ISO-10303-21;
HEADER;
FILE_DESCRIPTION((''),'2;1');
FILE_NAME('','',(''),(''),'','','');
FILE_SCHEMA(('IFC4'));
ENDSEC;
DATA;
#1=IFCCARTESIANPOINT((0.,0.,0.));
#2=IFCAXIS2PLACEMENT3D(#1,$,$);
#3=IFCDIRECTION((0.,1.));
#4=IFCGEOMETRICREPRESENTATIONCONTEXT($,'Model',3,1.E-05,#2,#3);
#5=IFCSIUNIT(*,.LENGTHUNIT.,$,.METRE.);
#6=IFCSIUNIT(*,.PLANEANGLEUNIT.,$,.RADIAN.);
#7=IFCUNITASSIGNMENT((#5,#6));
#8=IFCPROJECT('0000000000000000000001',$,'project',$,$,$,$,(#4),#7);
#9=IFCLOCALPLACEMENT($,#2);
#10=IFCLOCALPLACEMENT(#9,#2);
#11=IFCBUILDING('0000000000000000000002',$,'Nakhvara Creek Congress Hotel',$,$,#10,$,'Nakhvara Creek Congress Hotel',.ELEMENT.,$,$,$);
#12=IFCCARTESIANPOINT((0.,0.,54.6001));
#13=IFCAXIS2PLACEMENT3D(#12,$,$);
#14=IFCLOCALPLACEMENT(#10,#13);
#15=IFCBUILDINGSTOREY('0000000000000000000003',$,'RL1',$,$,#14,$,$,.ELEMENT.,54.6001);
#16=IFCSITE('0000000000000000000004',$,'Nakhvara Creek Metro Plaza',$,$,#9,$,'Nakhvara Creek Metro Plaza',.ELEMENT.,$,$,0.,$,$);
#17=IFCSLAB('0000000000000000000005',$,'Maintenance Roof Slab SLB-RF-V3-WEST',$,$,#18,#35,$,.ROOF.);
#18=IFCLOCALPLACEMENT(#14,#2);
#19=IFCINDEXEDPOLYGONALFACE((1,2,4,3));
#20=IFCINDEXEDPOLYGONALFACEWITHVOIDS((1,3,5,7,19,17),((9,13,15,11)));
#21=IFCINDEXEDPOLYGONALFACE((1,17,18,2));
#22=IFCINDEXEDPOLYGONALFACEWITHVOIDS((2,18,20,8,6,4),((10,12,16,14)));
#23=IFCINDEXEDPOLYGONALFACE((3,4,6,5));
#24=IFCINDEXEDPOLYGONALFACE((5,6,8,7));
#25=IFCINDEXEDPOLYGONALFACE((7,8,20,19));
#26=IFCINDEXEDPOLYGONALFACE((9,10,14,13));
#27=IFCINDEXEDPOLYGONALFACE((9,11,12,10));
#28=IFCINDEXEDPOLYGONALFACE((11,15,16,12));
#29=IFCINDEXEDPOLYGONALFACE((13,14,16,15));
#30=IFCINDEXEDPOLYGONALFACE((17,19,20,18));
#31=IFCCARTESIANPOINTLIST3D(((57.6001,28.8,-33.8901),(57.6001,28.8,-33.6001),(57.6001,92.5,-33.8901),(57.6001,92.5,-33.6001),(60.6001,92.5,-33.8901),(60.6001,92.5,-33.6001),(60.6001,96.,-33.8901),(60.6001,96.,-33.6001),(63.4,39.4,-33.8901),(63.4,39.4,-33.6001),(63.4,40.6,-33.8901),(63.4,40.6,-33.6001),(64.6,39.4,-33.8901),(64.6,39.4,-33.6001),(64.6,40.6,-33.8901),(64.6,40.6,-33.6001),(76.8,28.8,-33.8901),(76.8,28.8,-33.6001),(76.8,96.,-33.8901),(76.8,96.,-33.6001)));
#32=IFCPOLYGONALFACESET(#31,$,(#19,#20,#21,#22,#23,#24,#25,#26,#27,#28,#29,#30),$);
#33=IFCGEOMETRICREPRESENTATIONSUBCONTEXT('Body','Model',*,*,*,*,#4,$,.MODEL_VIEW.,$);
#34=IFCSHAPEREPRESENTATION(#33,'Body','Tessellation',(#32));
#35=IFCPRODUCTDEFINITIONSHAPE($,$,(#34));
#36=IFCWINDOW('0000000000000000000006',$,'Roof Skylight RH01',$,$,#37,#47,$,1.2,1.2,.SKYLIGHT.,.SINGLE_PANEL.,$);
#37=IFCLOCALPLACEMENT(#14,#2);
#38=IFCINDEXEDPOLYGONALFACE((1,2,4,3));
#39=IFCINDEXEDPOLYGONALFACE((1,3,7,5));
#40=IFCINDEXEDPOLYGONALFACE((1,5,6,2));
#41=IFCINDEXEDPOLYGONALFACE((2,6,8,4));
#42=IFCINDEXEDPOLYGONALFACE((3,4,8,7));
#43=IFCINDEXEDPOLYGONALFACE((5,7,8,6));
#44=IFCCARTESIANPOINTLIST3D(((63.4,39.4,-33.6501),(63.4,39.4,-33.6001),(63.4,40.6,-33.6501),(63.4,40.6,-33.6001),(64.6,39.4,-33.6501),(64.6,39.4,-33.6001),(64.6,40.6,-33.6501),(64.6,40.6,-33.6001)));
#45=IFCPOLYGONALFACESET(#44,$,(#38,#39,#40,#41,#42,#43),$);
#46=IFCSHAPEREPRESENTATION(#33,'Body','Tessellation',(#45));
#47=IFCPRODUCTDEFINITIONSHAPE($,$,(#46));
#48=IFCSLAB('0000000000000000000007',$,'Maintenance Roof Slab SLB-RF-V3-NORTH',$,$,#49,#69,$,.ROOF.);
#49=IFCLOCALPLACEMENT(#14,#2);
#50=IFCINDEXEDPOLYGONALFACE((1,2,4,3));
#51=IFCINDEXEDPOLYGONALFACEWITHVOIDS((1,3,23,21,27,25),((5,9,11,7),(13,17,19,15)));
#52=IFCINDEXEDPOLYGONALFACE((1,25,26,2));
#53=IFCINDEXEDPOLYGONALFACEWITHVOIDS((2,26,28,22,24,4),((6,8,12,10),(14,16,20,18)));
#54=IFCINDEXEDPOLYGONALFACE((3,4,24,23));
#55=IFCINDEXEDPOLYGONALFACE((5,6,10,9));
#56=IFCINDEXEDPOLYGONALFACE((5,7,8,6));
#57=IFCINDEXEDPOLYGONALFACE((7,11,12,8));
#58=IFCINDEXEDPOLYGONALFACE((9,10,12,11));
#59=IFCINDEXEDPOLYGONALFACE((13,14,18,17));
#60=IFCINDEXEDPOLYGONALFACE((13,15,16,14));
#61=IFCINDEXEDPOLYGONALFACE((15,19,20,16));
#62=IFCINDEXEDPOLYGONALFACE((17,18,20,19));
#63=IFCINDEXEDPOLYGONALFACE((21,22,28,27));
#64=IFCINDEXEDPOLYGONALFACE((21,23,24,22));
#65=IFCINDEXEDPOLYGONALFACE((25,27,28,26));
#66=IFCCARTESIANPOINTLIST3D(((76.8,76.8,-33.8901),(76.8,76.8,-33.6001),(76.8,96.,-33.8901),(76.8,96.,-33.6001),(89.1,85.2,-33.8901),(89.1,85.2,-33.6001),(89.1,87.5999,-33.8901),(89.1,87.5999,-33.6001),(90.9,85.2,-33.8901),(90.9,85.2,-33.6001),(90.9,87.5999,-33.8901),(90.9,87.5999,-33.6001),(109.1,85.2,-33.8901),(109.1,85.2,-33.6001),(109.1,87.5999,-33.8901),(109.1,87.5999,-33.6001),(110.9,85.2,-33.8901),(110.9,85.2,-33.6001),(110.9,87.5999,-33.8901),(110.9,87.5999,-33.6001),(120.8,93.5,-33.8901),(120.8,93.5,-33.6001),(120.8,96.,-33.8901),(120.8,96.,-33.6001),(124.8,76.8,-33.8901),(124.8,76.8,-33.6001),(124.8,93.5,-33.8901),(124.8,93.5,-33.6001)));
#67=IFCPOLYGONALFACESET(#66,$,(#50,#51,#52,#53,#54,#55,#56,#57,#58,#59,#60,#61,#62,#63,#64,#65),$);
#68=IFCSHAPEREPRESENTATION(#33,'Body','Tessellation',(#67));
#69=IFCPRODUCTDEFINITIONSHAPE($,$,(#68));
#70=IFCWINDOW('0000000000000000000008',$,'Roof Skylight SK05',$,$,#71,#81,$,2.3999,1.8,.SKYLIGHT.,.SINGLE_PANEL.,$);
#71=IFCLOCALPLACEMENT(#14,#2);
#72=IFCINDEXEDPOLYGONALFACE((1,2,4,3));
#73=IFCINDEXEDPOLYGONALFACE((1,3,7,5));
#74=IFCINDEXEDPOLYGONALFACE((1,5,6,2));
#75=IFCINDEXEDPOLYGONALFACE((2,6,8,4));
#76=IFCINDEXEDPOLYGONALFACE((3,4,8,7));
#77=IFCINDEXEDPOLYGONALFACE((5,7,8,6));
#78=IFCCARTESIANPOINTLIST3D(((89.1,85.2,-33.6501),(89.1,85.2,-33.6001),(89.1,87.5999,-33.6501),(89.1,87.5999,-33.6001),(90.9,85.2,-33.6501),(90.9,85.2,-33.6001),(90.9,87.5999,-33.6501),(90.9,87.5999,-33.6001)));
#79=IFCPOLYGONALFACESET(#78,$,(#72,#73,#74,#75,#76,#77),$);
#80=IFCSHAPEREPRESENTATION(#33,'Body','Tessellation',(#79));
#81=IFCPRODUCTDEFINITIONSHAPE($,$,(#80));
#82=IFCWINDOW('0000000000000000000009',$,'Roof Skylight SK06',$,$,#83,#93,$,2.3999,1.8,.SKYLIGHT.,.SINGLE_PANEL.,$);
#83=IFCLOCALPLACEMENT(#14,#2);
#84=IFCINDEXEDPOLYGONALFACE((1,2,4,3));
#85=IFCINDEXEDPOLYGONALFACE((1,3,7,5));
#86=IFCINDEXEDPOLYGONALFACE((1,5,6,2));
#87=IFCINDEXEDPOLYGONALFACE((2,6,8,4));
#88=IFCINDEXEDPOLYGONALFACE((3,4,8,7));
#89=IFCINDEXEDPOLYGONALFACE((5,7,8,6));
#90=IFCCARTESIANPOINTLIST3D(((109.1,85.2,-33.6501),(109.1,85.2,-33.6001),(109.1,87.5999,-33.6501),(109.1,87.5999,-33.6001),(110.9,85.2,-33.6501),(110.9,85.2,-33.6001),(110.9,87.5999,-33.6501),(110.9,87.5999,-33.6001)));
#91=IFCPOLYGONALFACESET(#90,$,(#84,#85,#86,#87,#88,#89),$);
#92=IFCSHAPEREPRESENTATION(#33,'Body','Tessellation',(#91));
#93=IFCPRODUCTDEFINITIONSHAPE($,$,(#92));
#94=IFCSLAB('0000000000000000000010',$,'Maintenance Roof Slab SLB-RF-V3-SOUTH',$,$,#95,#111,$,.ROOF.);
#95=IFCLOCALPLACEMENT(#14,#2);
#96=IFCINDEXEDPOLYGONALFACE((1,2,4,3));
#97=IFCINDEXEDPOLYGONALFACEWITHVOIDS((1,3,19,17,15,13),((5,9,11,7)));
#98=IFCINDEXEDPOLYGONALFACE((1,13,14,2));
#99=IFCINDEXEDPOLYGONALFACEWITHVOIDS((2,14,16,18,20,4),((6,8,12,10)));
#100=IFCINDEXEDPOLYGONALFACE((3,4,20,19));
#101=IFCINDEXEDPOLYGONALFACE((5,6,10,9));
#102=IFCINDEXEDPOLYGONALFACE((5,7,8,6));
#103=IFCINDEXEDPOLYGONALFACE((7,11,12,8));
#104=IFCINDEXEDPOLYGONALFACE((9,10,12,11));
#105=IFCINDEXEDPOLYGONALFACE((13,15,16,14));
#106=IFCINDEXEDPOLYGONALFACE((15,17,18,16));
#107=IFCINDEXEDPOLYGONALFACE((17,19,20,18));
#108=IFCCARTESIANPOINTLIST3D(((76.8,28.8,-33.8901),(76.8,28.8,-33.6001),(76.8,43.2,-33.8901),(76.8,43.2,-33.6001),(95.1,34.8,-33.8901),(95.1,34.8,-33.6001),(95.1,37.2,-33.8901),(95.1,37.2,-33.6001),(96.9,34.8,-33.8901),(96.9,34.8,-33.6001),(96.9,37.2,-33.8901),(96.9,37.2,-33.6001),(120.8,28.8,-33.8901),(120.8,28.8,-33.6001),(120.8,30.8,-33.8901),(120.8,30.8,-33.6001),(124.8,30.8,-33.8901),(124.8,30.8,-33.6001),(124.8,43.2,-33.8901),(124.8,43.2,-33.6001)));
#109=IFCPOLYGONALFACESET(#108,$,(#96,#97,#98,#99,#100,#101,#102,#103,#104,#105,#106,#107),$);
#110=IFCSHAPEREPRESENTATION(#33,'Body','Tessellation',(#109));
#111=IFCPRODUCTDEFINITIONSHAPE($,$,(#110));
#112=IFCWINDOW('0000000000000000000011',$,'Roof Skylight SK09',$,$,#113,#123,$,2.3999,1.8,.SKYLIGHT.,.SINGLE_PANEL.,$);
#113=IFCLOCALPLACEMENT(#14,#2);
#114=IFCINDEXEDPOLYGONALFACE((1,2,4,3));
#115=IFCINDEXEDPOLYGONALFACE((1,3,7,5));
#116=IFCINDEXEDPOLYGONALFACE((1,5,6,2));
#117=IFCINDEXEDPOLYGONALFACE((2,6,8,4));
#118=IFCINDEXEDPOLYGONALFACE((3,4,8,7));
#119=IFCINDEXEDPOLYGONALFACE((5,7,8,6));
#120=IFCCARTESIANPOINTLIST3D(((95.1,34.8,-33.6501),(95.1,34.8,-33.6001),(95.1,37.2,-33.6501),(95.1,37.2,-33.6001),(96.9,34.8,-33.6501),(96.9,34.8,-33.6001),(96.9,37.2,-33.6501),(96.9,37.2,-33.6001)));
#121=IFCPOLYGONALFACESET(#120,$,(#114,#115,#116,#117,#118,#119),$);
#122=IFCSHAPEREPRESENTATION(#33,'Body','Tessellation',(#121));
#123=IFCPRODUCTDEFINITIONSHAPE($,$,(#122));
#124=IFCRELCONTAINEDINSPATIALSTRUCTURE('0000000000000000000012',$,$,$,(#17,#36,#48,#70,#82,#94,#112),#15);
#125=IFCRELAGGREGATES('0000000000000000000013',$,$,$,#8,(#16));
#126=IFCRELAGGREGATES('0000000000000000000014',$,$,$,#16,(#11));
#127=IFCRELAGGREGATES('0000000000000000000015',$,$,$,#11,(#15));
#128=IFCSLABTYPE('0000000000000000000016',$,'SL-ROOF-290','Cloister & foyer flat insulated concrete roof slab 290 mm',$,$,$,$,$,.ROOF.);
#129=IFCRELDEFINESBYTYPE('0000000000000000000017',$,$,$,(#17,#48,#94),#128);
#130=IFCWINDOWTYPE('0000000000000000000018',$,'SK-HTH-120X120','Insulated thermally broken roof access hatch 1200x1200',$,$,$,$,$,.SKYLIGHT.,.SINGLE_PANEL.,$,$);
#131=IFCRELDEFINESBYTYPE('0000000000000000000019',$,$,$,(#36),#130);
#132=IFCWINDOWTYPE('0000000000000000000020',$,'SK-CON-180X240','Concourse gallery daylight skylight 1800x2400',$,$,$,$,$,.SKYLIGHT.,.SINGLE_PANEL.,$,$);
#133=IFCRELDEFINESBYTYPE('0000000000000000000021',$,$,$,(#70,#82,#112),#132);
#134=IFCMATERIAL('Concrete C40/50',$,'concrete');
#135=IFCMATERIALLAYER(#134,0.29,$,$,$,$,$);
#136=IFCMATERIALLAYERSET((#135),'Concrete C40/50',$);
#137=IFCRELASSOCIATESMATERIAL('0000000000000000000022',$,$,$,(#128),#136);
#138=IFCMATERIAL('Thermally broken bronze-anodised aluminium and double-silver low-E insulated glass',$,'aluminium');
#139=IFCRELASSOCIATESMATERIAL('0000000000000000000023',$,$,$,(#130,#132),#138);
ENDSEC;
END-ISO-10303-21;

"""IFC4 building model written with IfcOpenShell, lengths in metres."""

from ifc_helpers import new_model, si_unit, direction, frame, origin, origin_2d, place, context, subcontext, project, spatial, polyline, rectangle, outline, extrude, material, layer, layer_set, type_object, element, fill, save


model = new_model("IFC4")

# Units and contexts
model_context = context("Model", 3, precision=1e-05, world=origin(), true_north=direction((0.0, 1.0)))
body_context = subcontext(model_context, "Body", "Model", "MODEL_VIEW")
ifc_project = project(units=[si_unit("LENGTHUNIT", "METRE"), si_unit("PLANEANGLEUNIT", "RADIAN")], contexts=[model_context])

# Site, building, storey
site_placement = place(None, origin())
site = spatial("IfcSite", under=ifc_project, at=site_placement, Name="Nakhvara Creek Metro Plaza", LongName="Nakhvara Creek Metro Plaza", CompositionType="ELEMENT", RefElevation=0.0)
building_placement = place(site_placement, origin())
building = spatial("IfcBuilding", under=site, at=building_placement, Name="Nakhvara Creek Congress Hotel", LongName="Nakhvara Creek Congress Hotel", CompositionType="ELEMENT")
storey_placement = place(building_placement, frame((0.0, 0.0, 54.6001)))
storey = spatial("IfcBuildingStorey", under=building, at=storey_placement, Name="RL1", CompositionType="ELEMENT", Elevation=54.6001)

# Slab, opening, window
ifc_material_1 = material(Name="Concrete C40/50", Category="concrete")
ifc_layer_1 = layer(ifc_material_1, 0.29)
ifc_layer_set_1 = layer_set([ifc_layer_1], Name="Concrete C40/50")
slab_type = type_object("IfcSlabType", Name="SL-ROOF-290", Description="Cloister & foyer flat insulated concrete roof slab 290 mm", PredefinedType="ROOF", material=ifc_layer_set_1)
slab_1_placement = place(storey_placement, frame((0.0, 0.0, -33.8901)))
slab_1 = element("IfcSlab", 1, at=slab_1_placement, inside=storey, type_object=slab_type, Name="Maintenance Roof Slab SLB-RF-V3-WEST", PredefinedType="ROOF", context=body_context, shape_type="SweptSolid", body=[
    extrude(outline(polyline([(57.6001, 28.8), (76.8, 28.8), (76.8, 96.0), (60.6001, 96.0), (60.6001, 92.5), (57.6001, 92.5), (57.6001, 28.8)])), origin(), (0.0, 0.0, 1.0), 0.29),
])
opening_1_placement = place(slab_1_placement, frame((64.0, 40.0, 0.0), z_axis=(0.0, 0.0, 1.0), x_axis=(1.0, 0.0, 0.0)))
opening_1 = element("IfcOpeningElement", 2, at=opening_1_placement, cuts=slab_1, PredefinedType="OPENING", context=body_context, shape_type="SweptSolid", body=[
    extrude(rectangle(XDim=1.2, YDim=1.2, at=origin_2d()), frame((0.0, 0.0, -0.012)), (0.0, 0.0, 1.0), 0.314),
])
ifc_material_2 = material(Name="Thermally broken bronze-anodised aluminium and double-silver low-E insulated glass", Category="aluminium")
window_type_1 = type_object("IfcWindowType", Name="SK-HTH-120X120", Description="Insulated thermally broken roof access hatch 1200x1200", PartitioningType="SINGLE_PANEL", PredefinedType="SKYLIGHT", material=ifc_material_2)
window_1_placement = place(opening_1_placement, frame((0.0, 0.0, 0.24)))
window_1 = element("IfcWindow", 3, at=window_1_placement, inside=storey, type_object=window_type_1, Name="Roof Skylight RH01", OverallHeight=1.2, OverallWidth=1.2, PartitioningType="SINGLE_PANEL", PredefinedType="SKYLIGHT", context=body_context, shape_type="SweptSolid", body=[
    extrude(rectangle(XDim=1.2, YDim=1.2, at=origin_2d()), origin(), (0.0, 0.0, 1.0), 0.05),
])
fill(opening_1, window_1)

# Slab, openings, windows
slab_2_placement = place(storey_placement, frame((0.0, 0.0, -33.8901)))
slab_2 = element("IfcSlab", 4, at=slab_2_placement, inside=storey, type_object=slab_type, Name="Maintenance Roof Slab SLB-RF-V3-NORTH", PredefinedType="ROOF", context=body_context, shape_type="SweptSolid", body=[
    extrude(outline(polyline([(76.8, 76.8), (124.8, 76.8), (124.8, 93.5), (120.8, 93.5), (120.8, 96.0), (76.8, 96.0), (76.8, 76.8)])), origin(), (0.0, 0.0, 1.0), 0.29),
])
opening_2_placement = place(slab_2_placement, frame((90.0, 86.3999, 0.0), z_axis=(0.0, 0.0, 1.0), x_axis=(1.0, 0.0, 0.0)))
opening_2 = element("IfcOpeningElement", 5, at=opening_2_placement, cuts=slab_2, PredefinedType="OPENING", context=body_context, shape_type="SweptSolid", body=[
    extrude(rectangle(XDim=1.8, YDim=2.3999, at=origin_2d()), frame((0.0, 0.0, -0.012)), (0.0, 0.0, 1.0), 0.314),
])
opening_3_placement = place(slab_2_placement, frame((110.0, 86.3999, 0.0), z_axis=(0.0, 0.0, 1.0), x_axis=(1.0, 0.0, 0.0)))
opening_3 = element("IfcOpeningElement", 6, at=opening_3_placement, cuts=slab_2, PredefinedType="OPENING", context=body_context, shape_type="SweptSolid", body=[
    extrude(rectangle(XDim=1.8, YDim=2.3999, at=origin_2d()), frame((0.0, 0.0, -0.012)), (0.0, 0.0, 1.0), 0.314),
])
window_type_2 = type_object("IfcWindowType", Name="SK-CON-180X240", Description="Concourse gallery daylight skylight 1800x2400", PartitioningType="SINGLE_PANEL", PredefinedType="SKYLIGHT", material=ifc_material_2)
window_2_placement = place(opening_2_placement, frame((0.0, 0.0, 0.24)))
window_2 = element("IfcWindow", 7, at=window_2_placement, inside=storey, type_object=window_type_2, Name="Roof Skylight SK05", OverallHeight=2.3999, OverallWidth=1.8, PartitioningType="SINGLE_PANEL", PredefinedType="SKYLIGHT", context=body_context, shape_type="SweptSolid", body=[
    extrude(rectangle(XDim=1.8, YDim=2.3999, at=origin_2d()), origin(), (0.0, 0.0, 1.0), 0.05),
])
fill(opening_2, window_2)
window_3_placement = place(opening_3_placement, frame((0.0, 0.0, 0.24)))
window_3 = element("IfcWindow", 8, at=window_3_placement, inside=storey, type_object=window_type_2, Name="Roof Skylight SK06", OverallHeight=2.3999, OverallWidth=1.8, PartitioningType="SINGLE_PANEL", PredefinedType="SKYLIGHT", context=body_context, shape_type="SweptSolid", body=[
    extrude(rectangle(XDim=1.8, YDim=2.3999, at=origin_2d()), origin(), (0.0, 0.0, 1.0), 0.05),
])
fill(opening_3, window_3)

# Slab, opening, window
slab_3_placement = place(storey_placement, frame((0.0, 0.0, -33.8901)))
slab_3 = element("IfcSlab", 9, at=slab_3_placement, inside=storey, type_object=slab_type, Name="Maintenance Roof Slab SLB-RF-V3-SOUTH", PredefinedType="ROOF", context=body_context, shape_type="SweptSolid", body=[
    extrude(outline(polyline([(76.8, 28.8), (120.8, 28.8), (120.8, 30.8), (124.8, 30.8), (124.8, 43.2), (76.8, 43.2), (76.8, 28.8)])), origin(), (0.0, 0.0, 1.0), 0.29),
])
opening_4_placement = place(slab_3_placement, frame((96.0, 36.0, 0.0), z_axis=(0.0, 0.0, 1.0), x_axis=(1.0, 0.0, 0.0)))
opening_4 = element("IfcOpeningElement", 10, at=opening_4_placement, cuts=slab_3, PredefinedType="OPENING", context=body_context, shape_type="SweptSolid", body=[
    extrude(rectangle(XDim=1.8, YDim=2.3999, at=origin_2d()), frame((0.0, 0.0, -0.012)), (0.0, 0.0, 1.0), 0.314),
])
window_4_placement = place(opening_4_placement, frame((0.0, 0.0, 0.24)))
window_4 = element("IfcWindow", 11, at=window_4_placement, inside=storey, type_object=window_type_2, Name="Roof Skylight SK09", OverallHeight=2.3999, OverallWidth=1.8, PartitioningType="SINGLE_PANEL", PredefinedType="SKYLIGHT", context=body_context, shape_type="SweptSolid", body=[
    extrude(rectangle(XDim=1.8, YDim=2.3999, at=origin_2d()), origin(), (0.0, 0.0, 1.0), 0.05),
])
fill(opening_4, window_4)

save(model, "model.ifc")
